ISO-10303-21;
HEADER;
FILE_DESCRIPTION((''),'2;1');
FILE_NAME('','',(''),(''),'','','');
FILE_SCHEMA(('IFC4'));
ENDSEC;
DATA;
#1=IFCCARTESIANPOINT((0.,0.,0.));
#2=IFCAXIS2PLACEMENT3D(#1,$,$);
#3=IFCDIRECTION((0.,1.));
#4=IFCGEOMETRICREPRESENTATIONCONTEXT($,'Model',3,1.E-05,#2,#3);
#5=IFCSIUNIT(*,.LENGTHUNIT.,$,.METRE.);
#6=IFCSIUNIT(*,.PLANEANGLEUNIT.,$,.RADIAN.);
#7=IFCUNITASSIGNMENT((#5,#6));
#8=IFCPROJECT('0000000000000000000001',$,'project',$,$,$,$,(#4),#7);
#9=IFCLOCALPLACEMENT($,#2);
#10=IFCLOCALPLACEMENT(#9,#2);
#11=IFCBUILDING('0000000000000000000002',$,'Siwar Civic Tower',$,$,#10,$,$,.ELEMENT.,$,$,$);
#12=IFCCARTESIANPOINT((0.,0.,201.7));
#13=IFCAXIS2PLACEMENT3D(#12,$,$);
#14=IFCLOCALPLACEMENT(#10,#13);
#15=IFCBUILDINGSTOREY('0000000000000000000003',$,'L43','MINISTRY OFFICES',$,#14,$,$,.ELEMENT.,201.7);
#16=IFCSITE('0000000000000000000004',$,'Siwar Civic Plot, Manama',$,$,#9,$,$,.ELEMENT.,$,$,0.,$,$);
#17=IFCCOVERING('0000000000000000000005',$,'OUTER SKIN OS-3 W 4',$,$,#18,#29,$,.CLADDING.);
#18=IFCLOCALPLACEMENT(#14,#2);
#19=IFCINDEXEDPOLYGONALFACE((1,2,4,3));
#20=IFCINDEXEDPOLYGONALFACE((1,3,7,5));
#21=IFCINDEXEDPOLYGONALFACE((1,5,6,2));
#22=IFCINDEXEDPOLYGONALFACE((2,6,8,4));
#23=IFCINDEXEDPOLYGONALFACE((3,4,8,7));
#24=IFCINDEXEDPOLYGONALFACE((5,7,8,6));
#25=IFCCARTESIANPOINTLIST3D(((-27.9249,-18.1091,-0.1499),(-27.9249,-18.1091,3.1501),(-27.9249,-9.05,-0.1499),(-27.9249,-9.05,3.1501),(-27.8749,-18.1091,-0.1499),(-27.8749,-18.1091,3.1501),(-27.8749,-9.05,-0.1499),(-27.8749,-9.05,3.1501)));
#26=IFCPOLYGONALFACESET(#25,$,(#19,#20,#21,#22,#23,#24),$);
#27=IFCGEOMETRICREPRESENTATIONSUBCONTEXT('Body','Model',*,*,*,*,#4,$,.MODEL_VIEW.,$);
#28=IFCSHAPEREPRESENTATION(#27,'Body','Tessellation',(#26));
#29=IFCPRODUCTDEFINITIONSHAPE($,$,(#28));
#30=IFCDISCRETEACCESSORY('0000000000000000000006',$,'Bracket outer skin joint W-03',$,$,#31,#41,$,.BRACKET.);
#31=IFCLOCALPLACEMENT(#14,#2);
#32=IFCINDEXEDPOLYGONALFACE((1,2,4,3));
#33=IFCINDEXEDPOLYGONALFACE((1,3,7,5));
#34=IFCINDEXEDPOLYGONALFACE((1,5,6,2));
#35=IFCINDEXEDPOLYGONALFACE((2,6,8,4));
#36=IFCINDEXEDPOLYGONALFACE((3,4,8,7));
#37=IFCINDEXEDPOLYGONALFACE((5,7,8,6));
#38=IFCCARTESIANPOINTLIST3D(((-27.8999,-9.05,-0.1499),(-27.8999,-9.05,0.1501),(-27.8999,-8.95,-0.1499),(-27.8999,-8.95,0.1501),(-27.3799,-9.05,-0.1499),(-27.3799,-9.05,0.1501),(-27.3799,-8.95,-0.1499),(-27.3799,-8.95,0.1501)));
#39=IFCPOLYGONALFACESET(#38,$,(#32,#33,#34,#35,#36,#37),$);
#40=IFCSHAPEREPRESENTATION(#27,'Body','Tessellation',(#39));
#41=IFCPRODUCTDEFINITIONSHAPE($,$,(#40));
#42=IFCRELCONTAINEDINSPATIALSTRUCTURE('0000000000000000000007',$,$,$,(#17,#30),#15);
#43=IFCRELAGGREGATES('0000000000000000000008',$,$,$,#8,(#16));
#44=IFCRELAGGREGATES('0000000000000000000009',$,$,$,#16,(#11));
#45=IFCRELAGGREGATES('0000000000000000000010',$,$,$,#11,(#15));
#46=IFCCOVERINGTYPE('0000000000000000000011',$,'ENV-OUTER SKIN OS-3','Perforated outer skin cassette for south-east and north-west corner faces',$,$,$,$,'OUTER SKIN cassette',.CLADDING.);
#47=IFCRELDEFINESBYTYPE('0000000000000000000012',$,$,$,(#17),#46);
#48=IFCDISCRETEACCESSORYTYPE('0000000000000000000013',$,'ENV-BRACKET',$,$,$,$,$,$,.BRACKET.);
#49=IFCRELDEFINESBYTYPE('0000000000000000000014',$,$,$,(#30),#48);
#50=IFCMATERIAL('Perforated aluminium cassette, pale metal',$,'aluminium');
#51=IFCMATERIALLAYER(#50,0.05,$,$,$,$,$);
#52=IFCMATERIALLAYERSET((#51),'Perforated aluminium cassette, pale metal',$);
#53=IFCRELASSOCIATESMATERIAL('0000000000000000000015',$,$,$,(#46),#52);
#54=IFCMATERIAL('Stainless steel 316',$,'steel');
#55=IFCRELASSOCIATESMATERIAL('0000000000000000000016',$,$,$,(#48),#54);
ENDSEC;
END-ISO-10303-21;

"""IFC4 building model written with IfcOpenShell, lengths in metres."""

from ifc_helpers import new_model, si_unit, direction, frame, origin, origin_2d, place, context, subcontext, project, spatial, rectangle, extrude, material, layer, layer_set, type_object, element, save


model = new_model("IFC4")

# Units and contexts
model_context = context("Model", 3, precision=1e-05, world=origin(), true_north=direction((0.0, 1.0)))
body_context = subcontext(model_context, "Body", "Model", "MODEL_VIEW")
ifc_project = project(units=[si_unit("LENGTHUNIT", "METRE"), si_unit("PLANEANGLEUNIT", "RADIAN")], contexts=[model_context])

# Site, building, storey
site_placement = place(None, origin())
site = spatial("IfcSite", under=ifc_project, at=site_placement, Name="Siwar Civic Plot, Manama", CompositionType="ELEMENT", RefElevation=0.0)
building_placement = place(site_placement, origin())
building = spatial("IfcBuilding", under=site, at=building_placement, Name="Siwar Civic Tower", CompositionType="ELEMENT")
storey_placement = place(building_placement, frame((0.0, 0.0, 201.7)))
storey = spatial("IfcBuildingStorey", under=building, at=storey_placement, Name="L43", Description="MINISTRY OFFICES", CompositionType="ELEMENT", Elevation=201.7)

# Covering
ifc_material_1 = material(Name="Perforated aluminium cassette, pale metal", Category="aluminium")
ifc_layer_1 = layer(ifc_material_1, 0.05)
ifc_layer_set_1 = layer_set([ifc_layer_1], Name="Perforated aluminium cassette, pale metal")
covering_type = type_object("IfcCoveringType", Name="ENV-OUTER SKIN OS-3", Description="Perforated outer skin cassette for south-east and north-west corner faces", ElementType="OUTER SKIN cassette", PredefinedType="CLADDING", material=ifc_layer_set_1)
covering_placement = place(storey_placement, frame((-27.8999, -13.5796, -0.1499), z_axis=(0.0, 0.0, 1.0), x_axis=(0.0, -1.0, 0.0)))
element("IfcCovering", 1, at=covering_placement, inside=storey, type_object=covering_type, Name="OUTER SKIN OS-3 W 4", PredefinedType="CLADDING", context=body_context, shape_type="SweptSolid", body=[
    extrude(rectangle(XDim=9.0591, YDim=0.05, at=origin_2d()), origin(), (0.0, 0.0, 1.0), 3.3),
])

# Discrete accessory
ifc_material_2 = material(Name="Stainless steel 316", Category="steel")
discrete_accessory_type = type_object("IfcDiscreteAccessoryType", Name="ENV-BRACKET", PredefinedType="BRACKET", material=ifc_material_2)
discrete_accessory_placement = place(storey_placement, frame((-27.6399, -9.0, -0.1499), z_axis=(0.0, 0.0, 1.0), x_axis=(-1.0, 0.0, 0.0)))
element("IfcDiscreteAccessory", 2, at=discrete_accessory_placement, inside=storey, type_object=discrete_accessory_type, Name="Bracket outer skin joint W-03", PredefinedType="BRACKET", context=body_context, shape_type="SweptSolid", body=[
    extrude(rectangle(XDim=0.52, YDim=0.1001, at=origin_2d()), origin(), (0.0, 0.0, 1.0), 0.3),
])

save(model, "model.ifc")
